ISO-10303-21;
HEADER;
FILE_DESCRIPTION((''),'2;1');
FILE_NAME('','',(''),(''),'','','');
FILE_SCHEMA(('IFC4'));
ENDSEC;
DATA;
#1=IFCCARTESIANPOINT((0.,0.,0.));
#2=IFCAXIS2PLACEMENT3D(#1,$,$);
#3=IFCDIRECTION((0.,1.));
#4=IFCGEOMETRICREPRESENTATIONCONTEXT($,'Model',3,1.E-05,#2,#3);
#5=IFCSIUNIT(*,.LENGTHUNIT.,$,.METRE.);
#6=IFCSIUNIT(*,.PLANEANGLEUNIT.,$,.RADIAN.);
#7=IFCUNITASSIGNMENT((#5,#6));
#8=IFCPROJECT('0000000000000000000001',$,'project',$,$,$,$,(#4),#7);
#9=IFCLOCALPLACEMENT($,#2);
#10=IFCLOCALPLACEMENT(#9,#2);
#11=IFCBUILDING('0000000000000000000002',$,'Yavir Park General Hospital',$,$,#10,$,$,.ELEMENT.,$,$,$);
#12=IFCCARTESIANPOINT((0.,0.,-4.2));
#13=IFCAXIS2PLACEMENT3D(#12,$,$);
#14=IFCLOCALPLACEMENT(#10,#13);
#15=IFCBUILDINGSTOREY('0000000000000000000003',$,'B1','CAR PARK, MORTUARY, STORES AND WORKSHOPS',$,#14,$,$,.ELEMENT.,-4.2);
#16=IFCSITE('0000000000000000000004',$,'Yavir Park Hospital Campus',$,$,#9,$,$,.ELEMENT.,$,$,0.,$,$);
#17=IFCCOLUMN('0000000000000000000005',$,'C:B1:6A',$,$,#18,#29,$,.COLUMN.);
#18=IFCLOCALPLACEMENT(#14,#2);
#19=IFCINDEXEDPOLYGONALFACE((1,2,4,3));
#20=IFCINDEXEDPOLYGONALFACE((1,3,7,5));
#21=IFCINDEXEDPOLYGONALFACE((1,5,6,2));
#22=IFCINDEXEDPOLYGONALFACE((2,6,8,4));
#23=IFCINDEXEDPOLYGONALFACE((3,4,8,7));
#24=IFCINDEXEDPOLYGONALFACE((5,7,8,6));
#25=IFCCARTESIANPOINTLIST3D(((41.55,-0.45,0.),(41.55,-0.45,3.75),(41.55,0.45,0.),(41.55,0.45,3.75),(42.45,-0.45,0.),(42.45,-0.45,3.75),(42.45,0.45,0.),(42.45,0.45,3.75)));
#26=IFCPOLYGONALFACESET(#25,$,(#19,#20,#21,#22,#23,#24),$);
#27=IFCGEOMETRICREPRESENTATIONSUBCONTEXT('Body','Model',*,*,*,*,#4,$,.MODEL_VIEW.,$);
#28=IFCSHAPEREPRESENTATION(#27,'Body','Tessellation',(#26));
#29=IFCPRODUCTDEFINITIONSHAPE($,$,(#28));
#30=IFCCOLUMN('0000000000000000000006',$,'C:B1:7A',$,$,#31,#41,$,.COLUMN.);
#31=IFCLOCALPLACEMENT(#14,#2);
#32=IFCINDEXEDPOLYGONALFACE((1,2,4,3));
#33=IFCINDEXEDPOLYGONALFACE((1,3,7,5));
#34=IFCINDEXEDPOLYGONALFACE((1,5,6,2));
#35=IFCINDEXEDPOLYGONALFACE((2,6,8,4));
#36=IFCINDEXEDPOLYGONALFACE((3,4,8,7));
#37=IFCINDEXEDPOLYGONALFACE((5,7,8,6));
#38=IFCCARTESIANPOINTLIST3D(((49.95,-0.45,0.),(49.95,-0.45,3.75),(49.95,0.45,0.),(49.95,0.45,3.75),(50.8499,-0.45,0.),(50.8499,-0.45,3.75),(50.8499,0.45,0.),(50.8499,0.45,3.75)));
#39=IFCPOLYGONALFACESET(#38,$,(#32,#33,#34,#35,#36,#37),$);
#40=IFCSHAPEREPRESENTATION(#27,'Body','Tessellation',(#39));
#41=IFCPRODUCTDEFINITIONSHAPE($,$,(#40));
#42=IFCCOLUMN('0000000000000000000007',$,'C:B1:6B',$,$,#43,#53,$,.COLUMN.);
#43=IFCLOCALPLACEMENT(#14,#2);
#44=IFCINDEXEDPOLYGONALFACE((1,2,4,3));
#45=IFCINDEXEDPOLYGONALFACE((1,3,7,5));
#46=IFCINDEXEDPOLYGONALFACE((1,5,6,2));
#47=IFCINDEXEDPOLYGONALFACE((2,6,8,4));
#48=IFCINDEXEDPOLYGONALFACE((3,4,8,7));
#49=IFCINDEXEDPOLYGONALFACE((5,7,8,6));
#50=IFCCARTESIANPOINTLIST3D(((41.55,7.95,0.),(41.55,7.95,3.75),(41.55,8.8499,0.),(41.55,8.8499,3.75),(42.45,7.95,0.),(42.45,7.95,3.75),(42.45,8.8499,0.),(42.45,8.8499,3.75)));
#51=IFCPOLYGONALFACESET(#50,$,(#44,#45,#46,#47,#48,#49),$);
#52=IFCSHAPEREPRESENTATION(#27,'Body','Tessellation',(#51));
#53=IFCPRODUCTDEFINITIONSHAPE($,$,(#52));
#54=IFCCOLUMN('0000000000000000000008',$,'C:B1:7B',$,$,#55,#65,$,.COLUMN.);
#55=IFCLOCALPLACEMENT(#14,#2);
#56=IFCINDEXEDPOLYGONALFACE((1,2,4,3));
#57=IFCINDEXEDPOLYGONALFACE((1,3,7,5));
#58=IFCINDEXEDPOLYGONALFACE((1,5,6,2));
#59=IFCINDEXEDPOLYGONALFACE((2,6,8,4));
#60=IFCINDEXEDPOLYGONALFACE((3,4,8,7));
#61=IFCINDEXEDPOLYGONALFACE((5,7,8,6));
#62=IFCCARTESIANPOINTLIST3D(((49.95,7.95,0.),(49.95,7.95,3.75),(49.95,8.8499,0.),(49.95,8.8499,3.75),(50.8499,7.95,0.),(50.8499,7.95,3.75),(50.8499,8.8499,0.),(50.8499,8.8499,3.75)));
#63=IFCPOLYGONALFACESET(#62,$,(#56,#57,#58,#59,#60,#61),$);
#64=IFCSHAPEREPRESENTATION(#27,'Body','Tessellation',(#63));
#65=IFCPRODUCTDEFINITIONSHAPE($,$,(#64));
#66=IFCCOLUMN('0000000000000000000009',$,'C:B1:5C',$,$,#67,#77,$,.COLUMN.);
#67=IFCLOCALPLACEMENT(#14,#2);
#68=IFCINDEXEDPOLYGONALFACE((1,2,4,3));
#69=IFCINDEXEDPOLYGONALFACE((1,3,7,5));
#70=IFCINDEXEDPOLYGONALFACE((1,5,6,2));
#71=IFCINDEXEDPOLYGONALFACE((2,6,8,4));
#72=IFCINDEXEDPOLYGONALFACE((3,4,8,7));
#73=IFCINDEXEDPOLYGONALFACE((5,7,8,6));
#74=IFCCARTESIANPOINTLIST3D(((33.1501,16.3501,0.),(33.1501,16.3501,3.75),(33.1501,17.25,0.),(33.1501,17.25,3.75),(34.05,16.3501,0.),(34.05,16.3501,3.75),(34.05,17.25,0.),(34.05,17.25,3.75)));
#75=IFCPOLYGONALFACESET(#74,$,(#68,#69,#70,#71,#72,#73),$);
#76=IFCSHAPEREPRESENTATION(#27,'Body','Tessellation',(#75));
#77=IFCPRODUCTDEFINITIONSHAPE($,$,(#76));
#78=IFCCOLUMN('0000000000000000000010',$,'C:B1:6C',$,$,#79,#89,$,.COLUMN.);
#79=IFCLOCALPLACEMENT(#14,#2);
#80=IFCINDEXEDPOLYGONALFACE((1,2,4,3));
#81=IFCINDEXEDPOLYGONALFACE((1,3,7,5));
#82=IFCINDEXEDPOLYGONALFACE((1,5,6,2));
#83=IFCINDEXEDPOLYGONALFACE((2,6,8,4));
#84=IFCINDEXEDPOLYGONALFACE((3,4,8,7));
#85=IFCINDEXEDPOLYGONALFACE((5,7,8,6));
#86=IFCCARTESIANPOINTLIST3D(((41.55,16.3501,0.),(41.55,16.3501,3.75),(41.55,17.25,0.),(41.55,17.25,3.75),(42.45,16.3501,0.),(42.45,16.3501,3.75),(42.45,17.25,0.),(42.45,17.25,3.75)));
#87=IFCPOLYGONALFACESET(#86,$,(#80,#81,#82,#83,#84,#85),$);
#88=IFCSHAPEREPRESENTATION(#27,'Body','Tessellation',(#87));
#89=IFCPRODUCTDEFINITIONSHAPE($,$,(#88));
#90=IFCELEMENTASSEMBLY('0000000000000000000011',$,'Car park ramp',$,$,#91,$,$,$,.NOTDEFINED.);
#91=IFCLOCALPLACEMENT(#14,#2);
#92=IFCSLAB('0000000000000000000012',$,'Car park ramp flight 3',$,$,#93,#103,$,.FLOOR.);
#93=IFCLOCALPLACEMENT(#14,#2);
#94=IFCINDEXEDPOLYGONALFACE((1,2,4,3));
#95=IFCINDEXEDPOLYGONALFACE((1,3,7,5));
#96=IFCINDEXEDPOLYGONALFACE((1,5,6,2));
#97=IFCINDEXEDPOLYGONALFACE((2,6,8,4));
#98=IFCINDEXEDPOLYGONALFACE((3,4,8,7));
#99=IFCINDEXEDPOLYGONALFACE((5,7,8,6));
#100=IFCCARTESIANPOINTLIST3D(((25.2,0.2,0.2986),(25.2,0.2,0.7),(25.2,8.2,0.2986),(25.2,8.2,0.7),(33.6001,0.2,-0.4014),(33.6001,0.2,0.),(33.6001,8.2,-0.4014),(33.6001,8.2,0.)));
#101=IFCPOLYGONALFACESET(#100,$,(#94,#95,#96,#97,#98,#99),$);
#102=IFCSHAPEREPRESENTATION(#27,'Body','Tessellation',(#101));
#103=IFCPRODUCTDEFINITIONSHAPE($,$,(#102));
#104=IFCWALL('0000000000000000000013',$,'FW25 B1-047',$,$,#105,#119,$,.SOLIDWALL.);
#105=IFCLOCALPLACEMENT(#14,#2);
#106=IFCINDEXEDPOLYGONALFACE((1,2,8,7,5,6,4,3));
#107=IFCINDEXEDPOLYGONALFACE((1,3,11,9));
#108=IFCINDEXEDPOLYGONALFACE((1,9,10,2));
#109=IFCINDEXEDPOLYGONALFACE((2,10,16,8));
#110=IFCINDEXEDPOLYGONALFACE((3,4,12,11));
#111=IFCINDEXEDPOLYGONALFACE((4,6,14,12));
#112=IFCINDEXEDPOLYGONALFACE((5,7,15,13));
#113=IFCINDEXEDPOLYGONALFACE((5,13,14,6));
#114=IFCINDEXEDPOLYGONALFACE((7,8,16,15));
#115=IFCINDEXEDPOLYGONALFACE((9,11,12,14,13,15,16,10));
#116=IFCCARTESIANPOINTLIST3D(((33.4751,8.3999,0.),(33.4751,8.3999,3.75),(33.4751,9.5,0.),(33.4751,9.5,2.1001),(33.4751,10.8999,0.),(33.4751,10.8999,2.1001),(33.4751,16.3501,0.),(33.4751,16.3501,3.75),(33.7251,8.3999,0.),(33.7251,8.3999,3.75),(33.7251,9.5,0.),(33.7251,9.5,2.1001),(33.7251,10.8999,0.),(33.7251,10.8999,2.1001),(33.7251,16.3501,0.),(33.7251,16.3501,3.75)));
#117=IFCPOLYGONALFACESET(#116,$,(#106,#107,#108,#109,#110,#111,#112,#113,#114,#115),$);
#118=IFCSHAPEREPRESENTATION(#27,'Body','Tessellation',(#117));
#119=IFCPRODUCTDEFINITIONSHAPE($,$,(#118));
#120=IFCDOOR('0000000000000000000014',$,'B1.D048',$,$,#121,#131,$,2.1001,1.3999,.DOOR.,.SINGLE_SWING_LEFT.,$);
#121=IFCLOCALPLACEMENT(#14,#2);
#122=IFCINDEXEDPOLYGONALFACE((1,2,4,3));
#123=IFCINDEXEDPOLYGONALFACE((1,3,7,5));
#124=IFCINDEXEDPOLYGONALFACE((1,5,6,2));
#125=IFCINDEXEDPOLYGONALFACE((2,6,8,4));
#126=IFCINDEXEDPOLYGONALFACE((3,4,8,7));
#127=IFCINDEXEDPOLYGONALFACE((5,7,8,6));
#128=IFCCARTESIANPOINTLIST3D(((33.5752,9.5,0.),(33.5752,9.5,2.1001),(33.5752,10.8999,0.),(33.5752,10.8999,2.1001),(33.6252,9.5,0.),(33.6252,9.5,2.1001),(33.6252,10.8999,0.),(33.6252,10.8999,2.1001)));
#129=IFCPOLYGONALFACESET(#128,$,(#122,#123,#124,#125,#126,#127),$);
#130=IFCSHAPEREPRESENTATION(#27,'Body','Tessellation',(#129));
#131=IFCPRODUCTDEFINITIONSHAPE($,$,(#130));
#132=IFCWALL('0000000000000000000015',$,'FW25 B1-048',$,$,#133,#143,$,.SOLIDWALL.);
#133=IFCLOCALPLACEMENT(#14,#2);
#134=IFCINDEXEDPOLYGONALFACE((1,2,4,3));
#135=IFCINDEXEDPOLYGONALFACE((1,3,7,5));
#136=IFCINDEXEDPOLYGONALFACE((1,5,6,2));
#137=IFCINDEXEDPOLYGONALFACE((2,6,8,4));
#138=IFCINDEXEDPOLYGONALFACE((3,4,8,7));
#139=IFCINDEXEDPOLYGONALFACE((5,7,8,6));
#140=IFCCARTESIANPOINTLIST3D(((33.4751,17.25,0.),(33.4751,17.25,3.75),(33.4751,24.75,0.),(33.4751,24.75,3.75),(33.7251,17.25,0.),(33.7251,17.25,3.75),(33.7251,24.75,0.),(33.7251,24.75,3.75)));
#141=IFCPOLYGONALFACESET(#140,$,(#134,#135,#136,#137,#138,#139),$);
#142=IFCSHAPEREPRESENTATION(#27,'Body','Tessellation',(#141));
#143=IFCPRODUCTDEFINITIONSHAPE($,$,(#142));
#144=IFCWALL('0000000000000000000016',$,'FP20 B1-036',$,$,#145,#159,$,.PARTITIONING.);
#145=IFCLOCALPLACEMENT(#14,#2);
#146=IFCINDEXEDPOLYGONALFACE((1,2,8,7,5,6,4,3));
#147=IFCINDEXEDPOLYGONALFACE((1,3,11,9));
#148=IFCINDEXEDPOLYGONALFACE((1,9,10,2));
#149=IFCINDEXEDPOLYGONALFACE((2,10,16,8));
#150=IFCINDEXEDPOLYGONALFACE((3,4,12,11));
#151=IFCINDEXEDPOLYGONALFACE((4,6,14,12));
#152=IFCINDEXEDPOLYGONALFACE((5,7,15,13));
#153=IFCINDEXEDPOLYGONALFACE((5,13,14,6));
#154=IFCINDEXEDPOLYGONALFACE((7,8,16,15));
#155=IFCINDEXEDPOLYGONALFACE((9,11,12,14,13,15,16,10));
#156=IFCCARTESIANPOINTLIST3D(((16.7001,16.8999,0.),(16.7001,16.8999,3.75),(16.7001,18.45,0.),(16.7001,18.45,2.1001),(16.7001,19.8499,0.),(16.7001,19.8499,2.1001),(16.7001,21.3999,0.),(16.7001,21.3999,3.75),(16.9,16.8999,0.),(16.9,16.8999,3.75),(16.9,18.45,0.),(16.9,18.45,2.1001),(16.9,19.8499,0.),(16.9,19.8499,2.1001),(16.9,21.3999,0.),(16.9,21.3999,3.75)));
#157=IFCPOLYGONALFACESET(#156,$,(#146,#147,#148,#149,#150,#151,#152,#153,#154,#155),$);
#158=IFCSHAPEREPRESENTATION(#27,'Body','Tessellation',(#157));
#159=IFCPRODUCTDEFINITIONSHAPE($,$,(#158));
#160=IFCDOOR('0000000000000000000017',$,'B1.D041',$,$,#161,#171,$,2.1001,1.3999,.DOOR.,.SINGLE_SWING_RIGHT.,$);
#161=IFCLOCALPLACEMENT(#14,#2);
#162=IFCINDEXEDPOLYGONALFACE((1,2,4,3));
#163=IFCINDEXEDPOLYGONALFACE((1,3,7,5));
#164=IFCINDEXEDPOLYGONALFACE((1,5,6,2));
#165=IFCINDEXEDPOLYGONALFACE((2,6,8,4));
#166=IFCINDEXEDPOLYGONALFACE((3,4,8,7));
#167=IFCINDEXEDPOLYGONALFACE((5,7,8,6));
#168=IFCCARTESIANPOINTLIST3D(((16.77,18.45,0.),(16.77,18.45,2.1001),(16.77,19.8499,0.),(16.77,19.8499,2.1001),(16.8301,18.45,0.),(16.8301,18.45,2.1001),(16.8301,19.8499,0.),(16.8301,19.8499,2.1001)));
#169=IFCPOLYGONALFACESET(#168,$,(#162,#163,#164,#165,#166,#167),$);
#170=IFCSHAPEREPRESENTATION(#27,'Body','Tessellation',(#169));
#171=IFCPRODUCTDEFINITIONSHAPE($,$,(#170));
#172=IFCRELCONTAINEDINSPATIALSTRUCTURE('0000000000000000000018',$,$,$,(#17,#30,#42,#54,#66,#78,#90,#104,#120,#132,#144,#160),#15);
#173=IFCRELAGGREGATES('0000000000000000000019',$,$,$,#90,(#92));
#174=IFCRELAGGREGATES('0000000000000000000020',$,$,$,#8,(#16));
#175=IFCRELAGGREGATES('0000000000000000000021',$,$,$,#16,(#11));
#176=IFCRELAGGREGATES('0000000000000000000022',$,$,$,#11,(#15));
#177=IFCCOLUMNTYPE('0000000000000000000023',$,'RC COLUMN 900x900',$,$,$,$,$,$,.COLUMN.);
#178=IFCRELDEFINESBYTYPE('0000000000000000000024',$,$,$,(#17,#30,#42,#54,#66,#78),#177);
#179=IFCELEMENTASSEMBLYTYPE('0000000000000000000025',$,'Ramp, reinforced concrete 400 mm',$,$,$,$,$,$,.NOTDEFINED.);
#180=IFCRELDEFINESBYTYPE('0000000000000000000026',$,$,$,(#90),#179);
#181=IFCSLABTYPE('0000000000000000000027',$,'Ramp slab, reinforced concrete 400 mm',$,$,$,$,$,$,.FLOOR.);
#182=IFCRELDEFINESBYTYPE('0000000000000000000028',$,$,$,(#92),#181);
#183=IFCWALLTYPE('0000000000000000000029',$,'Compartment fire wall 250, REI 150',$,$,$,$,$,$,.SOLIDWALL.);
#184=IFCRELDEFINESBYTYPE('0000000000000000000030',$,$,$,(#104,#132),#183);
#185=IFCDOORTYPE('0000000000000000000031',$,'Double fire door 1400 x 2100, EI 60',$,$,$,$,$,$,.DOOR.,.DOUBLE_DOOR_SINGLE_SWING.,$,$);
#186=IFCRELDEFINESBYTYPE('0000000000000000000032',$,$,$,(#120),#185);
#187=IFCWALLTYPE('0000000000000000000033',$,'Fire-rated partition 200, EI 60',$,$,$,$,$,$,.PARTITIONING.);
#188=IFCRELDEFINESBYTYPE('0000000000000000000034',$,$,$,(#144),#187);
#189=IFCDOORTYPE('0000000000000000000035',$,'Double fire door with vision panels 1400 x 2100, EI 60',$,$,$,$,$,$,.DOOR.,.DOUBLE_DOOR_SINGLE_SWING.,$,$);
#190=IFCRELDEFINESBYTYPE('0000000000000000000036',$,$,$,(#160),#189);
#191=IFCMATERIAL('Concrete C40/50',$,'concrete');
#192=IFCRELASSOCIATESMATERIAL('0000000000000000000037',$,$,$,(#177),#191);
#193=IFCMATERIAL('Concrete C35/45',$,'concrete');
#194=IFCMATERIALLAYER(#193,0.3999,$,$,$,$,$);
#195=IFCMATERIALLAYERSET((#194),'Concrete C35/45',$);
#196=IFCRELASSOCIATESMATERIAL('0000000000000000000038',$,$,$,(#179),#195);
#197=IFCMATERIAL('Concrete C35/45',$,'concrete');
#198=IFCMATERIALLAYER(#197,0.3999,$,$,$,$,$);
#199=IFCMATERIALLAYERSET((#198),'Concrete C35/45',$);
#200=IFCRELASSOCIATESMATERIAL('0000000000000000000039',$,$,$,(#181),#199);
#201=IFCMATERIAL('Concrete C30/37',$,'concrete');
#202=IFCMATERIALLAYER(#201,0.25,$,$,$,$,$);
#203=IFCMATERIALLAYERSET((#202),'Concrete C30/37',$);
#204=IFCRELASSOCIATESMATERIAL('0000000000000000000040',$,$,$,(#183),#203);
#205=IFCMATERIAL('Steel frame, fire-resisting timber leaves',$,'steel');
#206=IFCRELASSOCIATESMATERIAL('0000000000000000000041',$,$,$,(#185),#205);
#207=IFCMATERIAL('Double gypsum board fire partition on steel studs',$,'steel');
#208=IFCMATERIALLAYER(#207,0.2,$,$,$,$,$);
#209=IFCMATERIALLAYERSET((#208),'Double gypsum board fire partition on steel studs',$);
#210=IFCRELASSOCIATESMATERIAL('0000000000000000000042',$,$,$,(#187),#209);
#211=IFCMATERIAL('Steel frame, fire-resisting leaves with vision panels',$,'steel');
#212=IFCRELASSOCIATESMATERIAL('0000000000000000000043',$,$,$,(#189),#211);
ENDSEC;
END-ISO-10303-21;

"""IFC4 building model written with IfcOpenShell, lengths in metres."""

from ifc_helpers import new_model, si_unit, direction, frame, frame_2d, origin, origin_2d, place, context, subcontext, project, spatial, polyline, rectangle, outline, extrude, material, layer, layer_set, material_profile, profile_set, type_object, element, fill, aggregate, save


model = new_model("IFC4")

# Units and contexts
model_context = context("Model", 3, precision=1e-05, world=origin(), true_north=direction((0.0, 1.0)))
body_context = subcontext(model_context, "Body", "Model", "MODEL_VIEW")
ifc_project = project(units=[si_unit("LENGTHUNIT", "METRE"), si_unit("PLANEANGLEUNIT", "RADIAN")], contexts=[model_context])

# Site, building, storey
site_placement = place(None, origin())
site = spatial("IfcSite", under=ifc_project, at=site_placement, Name="Yavir Park Hospital Campus", CompositionType="ELEMENT", RefElevation=0.0)
building_placement = place(site_placement, origin())
building = spatial("IfcBuilding", under=site, at=building_placement, Name="Yavir Park General Hospital", CompositionType="ELEMENT")
storey_placement = place(building_placement, frame((0.0, 0.0, -4.2)))
storey = spatial("IfcBuildingStorey", under=building, at=storey_placement, Name="B1", Description="CAR PARK, MORTUARY, STORES AND WORKSHOPS", CompositionType="ELEMENT", Elevation=-4.2)

# Columns
ifc_material_1 = material(Name="Concrete C40/50", Category="concrete")
ifc_material_profile = material_profile(ifc_material_1, rectangle(XDim=0.8999, YDim=0.8999, at=origin_2d()), Name="RC900x900")
ifc_profile_set = profile_set([ifc_material_profile], Name="Concrete C40/50")
column_type = type_object("IfcColumnType", Name="RC COLUMN 900x900", PredefinedType="COLUMN", material=ifc_profile_set)
for number, where, z_axis, x_axis, name in (
    (1, (42.0, 0.0, 0.0), (0.0, 0.0, 1.0), (1.0, 0.0, 0.0), "C:B1:6A"),
    (2, (50.3999, 0.0, 0.0), (0.0, 0.0, 1.0), (1.0, 0.0, 0.0), "C:B1:7A"),
    (3, (42.0, 8.3999, 0.0), (0.0, 0.0, 1.0), (1.0, 0.0, 0.0), "C:B1:6B"),
    (4, (50.3999, 8.3999, 0.0), (0.0, 0.0, 1.0), (1.0, 0.0, 0.0), "C:B1:7B"),
    (5, (33.6001, 16.8, 0.0), (0.0, 0.0, 1.0), (1.0, 0.0, 0.0), "C:B1:5C"),
    (6, (42.0, 16.8, 0.0), (0.0, 0.0, 1.0), (1.0, 0.0, 0.0), "C:B1:6C"),
):
    element("IfcColumn", number, at=place(storey_placement, frame(where, z_axis=z_axis, x_axis=x_axis)), inside=storey, type_object=column_type, Name=name, PredefinedType="COLUMN", context=body_context, shape_type="SweptSolid", body=[
        extrude(rectangle(XDim=0.8999, YDim=0.8999, at=origin_2d()), origin(), (0.0, 0.0, 1.0), 3.75),
    ])

# Element assembly, slab
ifc_material_2 = material(Name="Concrete C35/45", Category="concrete")
ifc_layer_1 = layer(ifc_material_2, 0.3999)
ifc_layer_set_1 = layer_set([ifc_layer_1], Name="Concrete C35/45")
element_assembly_type = type_object("IfcElementAssemblyType", Name="Ramp, reinforced concrete 400 mm", PredefinedType="NOTDEFINED", material=ifc_layer_set_1)
assembly_placement = place(storey_placement, origin())
assembly = element("IfcElementAssembly", 7, at=assembly_placement, inside=storey, type_object=element_assembly_type, Name="Car park ramp", PredefinedType="NOTDEFINED")
ifc_material_3 = material(Name="Concrete C35/45", Category="concrete")
ifc_layer_2 = layer(ifc_material_3, 0.3999)
ifc_layer_set_2 = layer_set([ifc_layer_2], Name="Concrete C35/45")
slab_type = type_object("IfcSlabType", Name="Ramp slab, reinforced concrete 400 mm", PredefinedType="FLOOR", material=ifc_layer_set_2)
slab_placement = place(storey_placement, frame((25.2, 0.2, 0.7), z_axis=(0.0, 0.0, 1.0), x_axis=(1.0, 0.0, 0.0)))
slab = element("IfcSlab", 8, at=slab_placement, type_object=slab_type, Name="Car park ramp flight 3", PredefinedType="FLOOR", context=body_context, shape_type="SweptSolid", body=[
    extrude(outline(polyline([(0.0, 0.0), (8.4001, -0.7), (8.4001, -1.1013), (0.0, -0.4014), (0.0, 0.0)])), frame((0.0, 8.0, 0.0), z_axis=(0.0, -1.0, 0.0), x_axis=(1.0, 0.0, 0.0)), (0.0, 0.0, 1.0), 8.0),
])
aggregate(assembly, [slab])

# Wall, opening, door
ifc_material_4 = material(Name="Concrete C30/37", Category="concrete")
ifc_layer_3 = layer(ifc_material_4, 0.25)
ifc_layer_set_3 = layer_set([ifc_layer_3], Name="Concrete C30/37")
wall_type_1 = type_object("IfcWallType", Name="Compartment fire wall 250, REI 150", PredefinedType="SOLIDWALL", material=ifc_layer_set_3)
wall_1_placement = place(storey_placement, frame((33.6001, 8.3999, 0.0), z_axis=(0.0, 0.0, 1.0), x_axis=(0.0, 1.0, 0.0)))
wall_1 = element("IfcWall", 9, at=wall_1_placement, inside=storey, type_object=wall_type_1, Name="FW25 B1-047", PredefinedType="SOLIDWALL", context=body_context, shape_type="SweptSolid", body=[
    extrude(rectangle(XDim=7.9502, YDim=0.25, at=frame_2d((3.9751, 0.0))), origin(), (0.0, 0.0, 1.0), 3.75),
])
opening_1_placement = place(wall_1_placement, frame((1.1001, 0.0, 0.0)))
opening_1 = element("IfcOpeningElement", 10, at=opening_1_placement, cuts=wall_1, PredefinedType="OPENING", context=body_context, shape_type="SweptSolid", body=[
    extrude(rectangle(XDim=1.3999, YDim=2.1001, at=frame_2d((0.7, 1.05))), frame((0.0, 0.135, 0.0), z_axis=(0.0, -1.0, 0.0), x_axis=(1.0, 0.0, 0.0)), (0.0, 0.0, 1.0), 0.27),
])
ifc_material_5 = material(Name="Steel frame, fire-resisting timber leaves", Category="steel")
door_type_1 = type_object("IfcDoorType", Name="Double fire door 1400 x 2100, EI 60", OperationType="DOUBLE_DOOR_SINGLE_SWING", PredefinedType="DOOR", material=ifc_material_5)
door_1_placement = place(opening_1_placement, origin())
door_1 = element("IfcDoor", 11, at=door_1_placement, inside=storey, type_object=door_type_1, Name="B1.D048", OperationType="SINGLE_SWING_LEFT", OverallHeight=2.1001, OverallWidth=1.3999, PredefinedType="DOOR", context=body_context, shape_type="SweptSolid", body=[
    extrude(rectangle(XDim=1.3999, YDim=2.1001, at=frame_2d((0.7, 1.05))), frame((0.0, 0.0249, 0.0), z_axis=(0.0, -1.0, 0.0), x_axis=(1.0, 0.0, 0.0)), (0.0, 0.0, 1.0), 0.05),
])
fill(opening_1, door_1)

# Wall
wall_2_placement = place(storey_placement, frame((33.6001, 17.25, 0.0), z_axis=(0.0, 0.0, 1.0), x_axis=(0.0, 1.0, 0.0)))
element("IfcWall", 12, at=wall_2_placement, inside=storey, type_object=wall_type_1, Name="FW25 B1-048", PredefinedType="SOLIDWALL", context=body_context, shape_type="SweptSolid", body=[
    extrude(rectangle(XDim=7.5, YDim=0.25, at=frame_2d((3.75, 0.0))), origin(), (0.0, 0.0, 1.0), 3.75),
])

# Wall, opening, door
ifc_material_6 = material(Name="Double gypsum board fire partition on steel studs", Category="steel")
ifc_layer_4 = layer(ifc_material_6, 0.2)
ifc_layer_set_4 = layer_set([ifc_layer_4], Name="Double gypsum board fire partition on steel studs")
wall_type_2 = type_object("IfcWallType", Name="Fire-rated partition 200, EI 60", PredefinedType="PARTITIONING", material=ifc_layer_set_4)
wall_3_placement = place(storey_placement, frame((16.8, 16.8999, 0.0), z_axis=(0.0, 0.0, 1.0), x_axis=(0.0, 1.0, 0.0)))
wall_3 = element("IfcWall", 13, at=wall_3_placement, inside=storey, type_object=wall_type_2, Name="FP20 B1-036", PredefinedType="PARTITIONING", context=body_context, shape_type="SweptSolid", body=[
    extrude(rectangle(XDim=4.5, YDim=0.2, at=frame_2d((2.25, 0.0))), origin(), (0.0, 0.0, 1.0), 3.75),
])
opening_2_placement = place(wall_3_placement, frame((1.55, 0.0, 0.0)))
opening_2 = element("IfcOpeningElement", 14, at=opening_2_placement, cuts=wall_3, PredefinedType="OPENING", context=body_context, shape_type="SweptSolid", body=[
    extrude(rectangle(XDim=1.3999, YDim=2.1001, at=frame_2d((0.7, 1.05))), frame((0.0, 0.1099, 0.0), z_axis=(0.0, -1.0, 0.0), x_axis=(1.0, 0.0, 0.0)), (0.0, 0.0, 1.0), 0.22),
])
ifc_material_7 = material(Name="Steel frame, fire-resisting leaves with vision panels", Category="steel")
door_type_2 = type_object("IfcDoorType", Name="Double fire door with vision panels 1400 x 2100, EI 60", OperationType="DOUBLE_DOOR_SINGLE_SWING", PredefinedType="DOOR", material=ifc_material_7)
door_2_placement = place(opening_2_placement, origin())
door_2 = element("IfcDoor", 15, at=door_2_placement, inside=storey, type_object=door_type_2, Name="B1.D041", OperationType="SINGLE_SWING_RIGHT", OverallHeight=2.1001, OverallWidth=1.3999, PredefinedType="DOOR", context=body_context, shape_type="SweptSolid", body=[
    extrude(rectangle(XDim=1.3999, YDim=2.1001, at=frame_2d((0.7, 1.05))), frame((0.0, 0.03, 0.0), z_axis=(0.0, -1.0, 0.0), x_axis=(1.0, 0.0, 0.0)), (0.0, 0.0, 1.0), 0.0601),
])
fill(opening_2, door_2)

save(model, "model.ifc")
